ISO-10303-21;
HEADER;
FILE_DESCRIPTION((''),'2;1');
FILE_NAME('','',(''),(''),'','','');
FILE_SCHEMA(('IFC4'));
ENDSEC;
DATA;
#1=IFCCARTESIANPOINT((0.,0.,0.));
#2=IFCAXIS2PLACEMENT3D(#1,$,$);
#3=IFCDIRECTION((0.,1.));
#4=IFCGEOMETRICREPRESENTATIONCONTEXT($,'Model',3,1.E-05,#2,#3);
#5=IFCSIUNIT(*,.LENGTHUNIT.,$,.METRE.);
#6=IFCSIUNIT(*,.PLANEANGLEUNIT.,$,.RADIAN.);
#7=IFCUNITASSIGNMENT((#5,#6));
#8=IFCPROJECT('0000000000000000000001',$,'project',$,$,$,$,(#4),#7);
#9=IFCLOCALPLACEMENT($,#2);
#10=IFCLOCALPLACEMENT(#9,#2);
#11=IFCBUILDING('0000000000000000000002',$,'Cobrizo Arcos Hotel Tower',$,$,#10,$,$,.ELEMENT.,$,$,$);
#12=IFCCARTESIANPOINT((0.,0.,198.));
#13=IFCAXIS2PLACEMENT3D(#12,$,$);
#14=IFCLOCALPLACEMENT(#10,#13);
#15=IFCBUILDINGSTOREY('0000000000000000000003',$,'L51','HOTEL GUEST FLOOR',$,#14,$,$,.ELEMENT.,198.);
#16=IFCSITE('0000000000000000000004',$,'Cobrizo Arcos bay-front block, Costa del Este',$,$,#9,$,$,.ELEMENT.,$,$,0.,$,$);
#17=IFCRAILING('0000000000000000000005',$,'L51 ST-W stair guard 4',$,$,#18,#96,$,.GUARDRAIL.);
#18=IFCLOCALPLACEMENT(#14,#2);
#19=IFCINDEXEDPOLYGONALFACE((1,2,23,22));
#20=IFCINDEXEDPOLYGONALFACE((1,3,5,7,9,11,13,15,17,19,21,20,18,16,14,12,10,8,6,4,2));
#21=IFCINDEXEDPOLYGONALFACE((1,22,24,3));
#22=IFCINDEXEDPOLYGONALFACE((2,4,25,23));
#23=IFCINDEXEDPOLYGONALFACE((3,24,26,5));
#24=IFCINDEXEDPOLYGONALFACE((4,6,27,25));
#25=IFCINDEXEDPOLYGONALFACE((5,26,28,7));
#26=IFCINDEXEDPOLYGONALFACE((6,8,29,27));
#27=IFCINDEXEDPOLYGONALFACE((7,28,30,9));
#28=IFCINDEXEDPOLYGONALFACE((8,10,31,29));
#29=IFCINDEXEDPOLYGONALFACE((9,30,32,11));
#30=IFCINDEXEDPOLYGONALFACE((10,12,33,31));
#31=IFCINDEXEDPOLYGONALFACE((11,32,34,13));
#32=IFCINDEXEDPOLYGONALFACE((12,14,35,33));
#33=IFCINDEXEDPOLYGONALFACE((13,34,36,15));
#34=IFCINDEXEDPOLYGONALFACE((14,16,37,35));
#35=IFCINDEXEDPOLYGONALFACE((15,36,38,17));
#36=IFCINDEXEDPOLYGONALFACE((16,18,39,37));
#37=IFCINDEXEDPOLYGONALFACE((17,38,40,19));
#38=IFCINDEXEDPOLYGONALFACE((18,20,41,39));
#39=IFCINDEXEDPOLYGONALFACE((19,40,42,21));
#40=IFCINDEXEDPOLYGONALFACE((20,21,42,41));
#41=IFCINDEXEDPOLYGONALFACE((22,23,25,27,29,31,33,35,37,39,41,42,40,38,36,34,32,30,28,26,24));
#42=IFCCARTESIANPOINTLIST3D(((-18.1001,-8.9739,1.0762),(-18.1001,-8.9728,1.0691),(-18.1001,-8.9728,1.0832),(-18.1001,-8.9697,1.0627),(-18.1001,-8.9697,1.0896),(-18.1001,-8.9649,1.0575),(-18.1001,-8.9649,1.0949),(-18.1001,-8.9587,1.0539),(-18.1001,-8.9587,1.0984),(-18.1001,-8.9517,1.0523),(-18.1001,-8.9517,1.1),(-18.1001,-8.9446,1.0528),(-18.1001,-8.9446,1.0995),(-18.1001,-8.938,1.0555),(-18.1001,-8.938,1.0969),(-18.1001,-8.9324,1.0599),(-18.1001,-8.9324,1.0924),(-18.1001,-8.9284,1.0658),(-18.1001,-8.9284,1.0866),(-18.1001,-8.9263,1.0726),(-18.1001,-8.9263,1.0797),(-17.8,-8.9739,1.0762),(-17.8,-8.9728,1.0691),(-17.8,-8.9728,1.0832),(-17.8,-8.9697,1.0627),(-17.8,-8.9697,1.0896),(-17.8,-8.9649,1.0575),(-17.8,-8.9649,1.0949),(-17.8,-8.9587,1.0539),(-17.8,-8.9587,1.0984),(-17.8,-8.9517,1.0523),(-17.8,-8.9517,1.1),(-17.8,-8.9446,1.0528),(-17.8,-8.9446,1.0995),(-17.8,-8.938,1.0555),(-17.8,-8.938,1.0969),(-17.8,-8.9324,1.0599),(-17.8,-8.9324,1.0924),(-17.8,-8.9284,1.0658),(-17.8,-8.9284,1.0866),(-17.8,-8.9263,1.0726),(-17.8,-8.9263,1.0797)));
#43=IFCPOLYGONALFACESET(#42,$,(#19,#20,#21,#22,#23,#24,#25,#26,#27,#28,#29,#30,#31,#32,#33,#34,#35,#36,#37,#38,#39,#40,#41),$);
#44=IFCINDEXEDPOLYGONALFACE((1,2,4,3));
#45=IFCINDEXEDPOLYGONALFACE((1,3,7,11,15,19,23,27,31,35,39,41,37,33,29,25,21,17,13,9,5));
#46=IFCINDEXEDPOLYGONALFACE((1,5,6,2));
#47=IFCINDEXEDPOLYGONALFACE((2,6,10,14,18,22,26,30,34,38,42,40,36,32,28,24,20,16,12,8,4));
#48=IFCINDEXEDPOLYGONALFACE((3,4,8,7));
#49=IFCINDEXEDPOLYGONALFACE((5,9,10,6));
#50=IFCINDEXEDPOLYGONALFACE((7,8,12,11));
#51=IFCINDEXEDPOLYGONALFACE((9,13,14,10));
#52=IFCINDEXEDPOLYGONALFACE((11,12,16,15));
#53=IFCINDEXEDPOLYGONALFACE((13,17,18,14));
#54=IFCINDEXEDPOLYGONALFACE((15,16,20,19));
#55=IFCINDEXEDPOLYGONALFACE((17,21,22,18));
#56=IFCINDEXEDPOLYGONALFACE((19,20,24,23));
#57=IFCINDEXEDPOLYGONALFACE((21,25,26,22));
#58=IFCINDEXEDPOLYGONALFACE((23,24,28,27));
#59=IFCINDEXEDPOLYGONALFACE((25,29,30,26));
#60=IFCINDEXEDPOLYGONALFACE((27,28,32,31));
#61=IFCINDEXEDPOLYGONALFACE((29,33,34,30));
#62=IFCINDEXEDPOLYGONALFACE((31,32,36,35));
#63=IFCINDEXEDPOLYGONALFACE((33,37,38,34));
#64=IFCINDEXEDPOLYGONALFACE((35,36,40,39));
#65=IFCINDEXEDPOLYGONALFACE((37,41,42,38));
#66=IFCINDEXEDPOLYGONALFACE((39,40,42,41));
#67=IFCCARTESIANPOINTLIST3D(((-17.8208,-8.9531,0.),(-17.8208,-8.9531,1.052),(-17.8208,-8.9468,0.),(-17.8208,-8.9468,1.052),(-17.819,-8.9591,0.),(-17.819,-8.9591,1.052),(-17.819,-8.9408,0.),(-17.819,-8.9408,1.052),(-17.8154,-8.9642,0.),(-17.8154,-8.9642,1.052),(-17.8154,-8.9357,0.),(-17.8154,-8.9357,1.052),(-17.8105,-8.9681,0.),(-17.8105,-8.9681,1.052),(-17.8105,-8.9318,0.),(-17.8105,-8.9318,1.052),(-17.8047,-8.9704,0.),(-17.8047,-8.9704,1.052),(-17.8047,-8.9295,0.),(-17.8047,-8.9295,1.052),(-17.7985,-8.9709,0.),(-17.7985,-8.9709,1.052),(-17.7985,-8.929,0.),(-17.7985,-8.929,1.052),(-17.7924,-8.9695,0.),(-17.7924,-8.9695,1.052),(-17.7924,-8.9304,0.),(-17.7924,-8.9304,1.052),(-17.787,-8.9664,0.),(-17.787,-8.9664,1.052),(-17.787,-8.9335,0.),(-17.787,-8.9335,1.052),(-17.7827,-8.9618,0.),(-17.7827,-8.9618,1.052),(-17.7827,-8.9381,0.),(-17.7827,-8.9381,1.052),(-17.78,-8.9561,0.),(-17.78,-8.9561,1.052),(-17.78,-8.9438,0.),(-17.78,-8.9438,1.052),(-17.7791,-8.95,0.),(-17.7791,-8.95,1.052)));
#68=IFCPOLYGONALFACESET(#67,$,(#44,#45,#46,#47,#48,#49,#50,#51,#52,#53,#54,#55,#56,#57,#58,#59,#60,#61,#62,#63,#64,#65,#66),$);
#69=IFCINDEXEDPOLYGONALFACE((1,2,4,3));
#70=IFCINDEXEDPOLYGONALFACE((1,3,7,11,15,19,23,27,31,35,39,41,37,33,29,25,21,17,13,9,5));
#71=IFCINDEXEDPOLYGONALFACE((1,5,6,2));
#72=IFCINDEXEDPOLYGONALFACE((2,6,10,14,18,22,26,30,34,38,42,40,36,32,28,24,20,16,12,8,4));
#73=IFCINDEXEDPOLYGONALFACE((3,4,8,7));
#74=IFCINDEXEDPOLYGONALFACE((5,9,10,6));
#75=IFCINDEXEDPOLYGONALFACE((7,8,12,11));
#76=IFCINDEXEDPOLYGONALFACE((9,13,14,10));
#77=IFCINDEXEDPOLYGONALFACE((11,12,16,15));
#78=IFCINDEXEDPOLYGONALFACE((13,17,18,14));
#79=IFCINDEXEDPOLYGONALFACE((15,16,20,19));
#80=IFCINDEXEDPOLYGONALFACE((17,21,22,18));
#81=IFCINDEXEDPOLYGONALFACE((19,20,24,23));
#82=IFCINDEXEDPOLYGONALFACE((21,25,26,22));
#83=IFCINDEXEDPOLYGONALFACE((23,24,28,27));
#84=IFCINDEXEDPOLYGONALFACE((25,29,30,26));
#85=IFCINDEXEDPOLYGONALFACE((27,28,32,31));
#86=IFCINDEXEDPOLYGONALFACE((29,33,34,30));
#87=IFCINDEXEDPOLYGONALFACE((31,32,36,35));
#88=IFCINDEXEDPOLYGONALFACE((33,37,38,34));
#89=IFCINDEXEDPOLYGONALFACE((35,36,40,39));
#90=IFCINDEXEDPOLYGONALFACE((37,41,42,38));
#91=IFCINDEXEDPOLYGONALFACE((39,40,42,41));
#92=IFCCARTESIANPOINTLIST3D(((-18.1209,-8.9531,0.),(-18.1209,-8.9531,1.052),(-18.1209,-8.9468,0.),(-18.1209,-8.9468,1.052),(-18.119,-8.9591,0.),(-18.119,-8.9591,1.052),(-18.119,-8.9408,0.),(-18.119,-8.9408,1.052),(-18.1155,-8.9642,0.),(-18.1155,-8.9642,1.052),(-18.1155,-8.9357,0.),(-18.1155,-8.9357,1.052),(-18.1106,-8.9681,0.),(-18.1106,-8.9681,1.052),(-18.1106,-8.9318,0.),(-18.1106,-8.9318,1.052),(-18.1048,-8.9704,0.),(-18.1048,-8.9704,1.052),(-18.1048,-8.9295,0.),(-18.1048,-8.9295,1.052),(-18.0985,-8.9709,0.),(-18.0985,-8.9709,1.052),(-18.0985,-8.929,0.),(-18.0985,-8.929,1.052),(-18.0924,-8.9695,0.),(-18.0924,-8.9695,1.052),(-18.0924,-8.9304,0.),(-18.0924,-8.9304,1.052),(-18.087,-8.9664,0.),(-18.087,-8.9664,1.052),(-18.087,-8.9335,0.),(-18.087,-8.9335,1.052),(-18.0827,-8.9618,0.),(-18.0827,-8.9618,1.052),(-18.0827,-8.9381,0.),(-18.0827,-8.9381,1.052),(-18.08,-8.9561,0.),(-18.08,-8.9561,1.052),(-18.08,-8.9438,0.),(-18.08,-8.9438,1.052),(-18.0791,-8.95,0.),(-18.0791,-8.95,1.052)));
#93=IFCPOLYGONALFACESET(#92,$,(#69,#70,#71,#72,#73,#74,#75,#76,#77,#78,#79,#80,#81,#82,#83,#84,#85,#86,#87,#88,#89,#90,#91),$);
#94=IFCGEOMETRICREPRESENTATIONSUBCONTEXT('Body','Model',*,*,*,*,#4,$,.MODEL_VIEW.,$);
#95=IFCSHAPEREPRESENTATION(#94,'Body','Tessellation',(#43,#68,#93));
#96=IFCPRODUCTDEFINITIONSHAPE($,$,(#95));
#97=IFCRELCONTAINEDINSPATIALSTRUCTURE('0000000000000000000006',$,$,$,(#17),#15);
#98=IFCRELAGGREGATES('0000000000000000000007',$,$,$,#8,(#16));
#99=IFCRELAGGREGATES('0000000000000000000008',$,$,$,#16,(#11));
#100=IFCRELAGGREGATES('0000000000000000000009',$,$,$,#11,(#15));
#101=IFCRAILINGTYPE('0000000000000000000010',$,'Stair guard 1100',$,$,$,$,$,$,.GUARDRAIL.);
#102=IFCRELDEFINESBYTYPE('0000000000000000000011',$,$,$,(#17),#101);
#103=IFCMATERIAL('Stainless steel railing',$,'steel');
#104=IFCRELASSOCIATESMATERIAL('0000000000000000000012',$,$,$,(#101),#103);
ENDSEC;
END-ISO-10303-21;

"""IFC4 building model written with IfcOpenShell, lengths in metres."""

from ifc_helpers import new_model, si_unit, direction, frame, origin, origin_2d, place, context, subcontext, project, spatial, circle, extrude, material, type_object, element, save


model = new_model("IFC4")

# Units and contexts
model_context = context("Model", 3, precision=1e-05, world=origin(), true_north=direction((0.0, 1.0)))
body_context = subcontext(model_context, "Body", "Model", "MODEL_VIEW")
ifc_project = project(units=[si_unit("LENGTHUNIT", "METRE"), si_unit("PLANEANGLEUNIT", "RADIAN")], contexts=[model_context])

# Site, building, storey
site_placement = place(None, origin())
site = spatial("IfcSite", under=ifc_project, at=site_placement, Name="Cobrizo Arcos bay-front block, Costa del Este", CompositionType="ELEMENT", RefElevation=0.0)
building_placement = place(site_placement, origin())
building = spatial("IfcBuilding", under=site, at=building_placement, Name="Cobrizo Arcos Hotel Tower", CompositionType="ELEMENT")
storey_placement = place(building_placement, frame((0.0, 0.0, 198.0)))
storey = spatial("IfcBuildingStorey", under=building, at=storey_placement, Name="L51", Description="HOTEL GUEST FLOOR", CompositionType="ELEMENT", Elevation=198.0)

# Railing
ifc_material_1 = material(Name="Stainless steel railing", Category="steel")
railing_type_1 = type_object("IfcRailingType", Name="Stair guard 1100", PredefinedType="GUARDRAIL", material=ifc_material_1)
railing_1_placement = place(storey_placement, frame((-17.8, -8.95, 0.0)))
element("IfcRailing", 1, at=railing_1_placement, inside=storey, type_object=railing_type_1, Name="L51 ST-W stair guard 4", PredefinedType="GUARDRAIL", context=body_context, shape_type="SweptSolid", body=[
    extrude(circle(Radius=0.0239, at=origin_2d()), frame((0.0, 0.0, 1.0762), z_axis=(-1.0, 0.0, 0.0), x_axis=(0.0, -1.0, 0.0)), (0.0, 0.0, 1.0), 0.3),
    extrude(circle(Radius=0.021, at=origin_2d()), origin(), (0.0, 0.0, 1.0), 1.052),
    extrude(circle(Radius=0.021, at=origin_2d()), frame((-0.3, 0.0, 0.0)), (0.0, 0.0, 1.0), 1.052),
])

save(model, "model.ifc")
